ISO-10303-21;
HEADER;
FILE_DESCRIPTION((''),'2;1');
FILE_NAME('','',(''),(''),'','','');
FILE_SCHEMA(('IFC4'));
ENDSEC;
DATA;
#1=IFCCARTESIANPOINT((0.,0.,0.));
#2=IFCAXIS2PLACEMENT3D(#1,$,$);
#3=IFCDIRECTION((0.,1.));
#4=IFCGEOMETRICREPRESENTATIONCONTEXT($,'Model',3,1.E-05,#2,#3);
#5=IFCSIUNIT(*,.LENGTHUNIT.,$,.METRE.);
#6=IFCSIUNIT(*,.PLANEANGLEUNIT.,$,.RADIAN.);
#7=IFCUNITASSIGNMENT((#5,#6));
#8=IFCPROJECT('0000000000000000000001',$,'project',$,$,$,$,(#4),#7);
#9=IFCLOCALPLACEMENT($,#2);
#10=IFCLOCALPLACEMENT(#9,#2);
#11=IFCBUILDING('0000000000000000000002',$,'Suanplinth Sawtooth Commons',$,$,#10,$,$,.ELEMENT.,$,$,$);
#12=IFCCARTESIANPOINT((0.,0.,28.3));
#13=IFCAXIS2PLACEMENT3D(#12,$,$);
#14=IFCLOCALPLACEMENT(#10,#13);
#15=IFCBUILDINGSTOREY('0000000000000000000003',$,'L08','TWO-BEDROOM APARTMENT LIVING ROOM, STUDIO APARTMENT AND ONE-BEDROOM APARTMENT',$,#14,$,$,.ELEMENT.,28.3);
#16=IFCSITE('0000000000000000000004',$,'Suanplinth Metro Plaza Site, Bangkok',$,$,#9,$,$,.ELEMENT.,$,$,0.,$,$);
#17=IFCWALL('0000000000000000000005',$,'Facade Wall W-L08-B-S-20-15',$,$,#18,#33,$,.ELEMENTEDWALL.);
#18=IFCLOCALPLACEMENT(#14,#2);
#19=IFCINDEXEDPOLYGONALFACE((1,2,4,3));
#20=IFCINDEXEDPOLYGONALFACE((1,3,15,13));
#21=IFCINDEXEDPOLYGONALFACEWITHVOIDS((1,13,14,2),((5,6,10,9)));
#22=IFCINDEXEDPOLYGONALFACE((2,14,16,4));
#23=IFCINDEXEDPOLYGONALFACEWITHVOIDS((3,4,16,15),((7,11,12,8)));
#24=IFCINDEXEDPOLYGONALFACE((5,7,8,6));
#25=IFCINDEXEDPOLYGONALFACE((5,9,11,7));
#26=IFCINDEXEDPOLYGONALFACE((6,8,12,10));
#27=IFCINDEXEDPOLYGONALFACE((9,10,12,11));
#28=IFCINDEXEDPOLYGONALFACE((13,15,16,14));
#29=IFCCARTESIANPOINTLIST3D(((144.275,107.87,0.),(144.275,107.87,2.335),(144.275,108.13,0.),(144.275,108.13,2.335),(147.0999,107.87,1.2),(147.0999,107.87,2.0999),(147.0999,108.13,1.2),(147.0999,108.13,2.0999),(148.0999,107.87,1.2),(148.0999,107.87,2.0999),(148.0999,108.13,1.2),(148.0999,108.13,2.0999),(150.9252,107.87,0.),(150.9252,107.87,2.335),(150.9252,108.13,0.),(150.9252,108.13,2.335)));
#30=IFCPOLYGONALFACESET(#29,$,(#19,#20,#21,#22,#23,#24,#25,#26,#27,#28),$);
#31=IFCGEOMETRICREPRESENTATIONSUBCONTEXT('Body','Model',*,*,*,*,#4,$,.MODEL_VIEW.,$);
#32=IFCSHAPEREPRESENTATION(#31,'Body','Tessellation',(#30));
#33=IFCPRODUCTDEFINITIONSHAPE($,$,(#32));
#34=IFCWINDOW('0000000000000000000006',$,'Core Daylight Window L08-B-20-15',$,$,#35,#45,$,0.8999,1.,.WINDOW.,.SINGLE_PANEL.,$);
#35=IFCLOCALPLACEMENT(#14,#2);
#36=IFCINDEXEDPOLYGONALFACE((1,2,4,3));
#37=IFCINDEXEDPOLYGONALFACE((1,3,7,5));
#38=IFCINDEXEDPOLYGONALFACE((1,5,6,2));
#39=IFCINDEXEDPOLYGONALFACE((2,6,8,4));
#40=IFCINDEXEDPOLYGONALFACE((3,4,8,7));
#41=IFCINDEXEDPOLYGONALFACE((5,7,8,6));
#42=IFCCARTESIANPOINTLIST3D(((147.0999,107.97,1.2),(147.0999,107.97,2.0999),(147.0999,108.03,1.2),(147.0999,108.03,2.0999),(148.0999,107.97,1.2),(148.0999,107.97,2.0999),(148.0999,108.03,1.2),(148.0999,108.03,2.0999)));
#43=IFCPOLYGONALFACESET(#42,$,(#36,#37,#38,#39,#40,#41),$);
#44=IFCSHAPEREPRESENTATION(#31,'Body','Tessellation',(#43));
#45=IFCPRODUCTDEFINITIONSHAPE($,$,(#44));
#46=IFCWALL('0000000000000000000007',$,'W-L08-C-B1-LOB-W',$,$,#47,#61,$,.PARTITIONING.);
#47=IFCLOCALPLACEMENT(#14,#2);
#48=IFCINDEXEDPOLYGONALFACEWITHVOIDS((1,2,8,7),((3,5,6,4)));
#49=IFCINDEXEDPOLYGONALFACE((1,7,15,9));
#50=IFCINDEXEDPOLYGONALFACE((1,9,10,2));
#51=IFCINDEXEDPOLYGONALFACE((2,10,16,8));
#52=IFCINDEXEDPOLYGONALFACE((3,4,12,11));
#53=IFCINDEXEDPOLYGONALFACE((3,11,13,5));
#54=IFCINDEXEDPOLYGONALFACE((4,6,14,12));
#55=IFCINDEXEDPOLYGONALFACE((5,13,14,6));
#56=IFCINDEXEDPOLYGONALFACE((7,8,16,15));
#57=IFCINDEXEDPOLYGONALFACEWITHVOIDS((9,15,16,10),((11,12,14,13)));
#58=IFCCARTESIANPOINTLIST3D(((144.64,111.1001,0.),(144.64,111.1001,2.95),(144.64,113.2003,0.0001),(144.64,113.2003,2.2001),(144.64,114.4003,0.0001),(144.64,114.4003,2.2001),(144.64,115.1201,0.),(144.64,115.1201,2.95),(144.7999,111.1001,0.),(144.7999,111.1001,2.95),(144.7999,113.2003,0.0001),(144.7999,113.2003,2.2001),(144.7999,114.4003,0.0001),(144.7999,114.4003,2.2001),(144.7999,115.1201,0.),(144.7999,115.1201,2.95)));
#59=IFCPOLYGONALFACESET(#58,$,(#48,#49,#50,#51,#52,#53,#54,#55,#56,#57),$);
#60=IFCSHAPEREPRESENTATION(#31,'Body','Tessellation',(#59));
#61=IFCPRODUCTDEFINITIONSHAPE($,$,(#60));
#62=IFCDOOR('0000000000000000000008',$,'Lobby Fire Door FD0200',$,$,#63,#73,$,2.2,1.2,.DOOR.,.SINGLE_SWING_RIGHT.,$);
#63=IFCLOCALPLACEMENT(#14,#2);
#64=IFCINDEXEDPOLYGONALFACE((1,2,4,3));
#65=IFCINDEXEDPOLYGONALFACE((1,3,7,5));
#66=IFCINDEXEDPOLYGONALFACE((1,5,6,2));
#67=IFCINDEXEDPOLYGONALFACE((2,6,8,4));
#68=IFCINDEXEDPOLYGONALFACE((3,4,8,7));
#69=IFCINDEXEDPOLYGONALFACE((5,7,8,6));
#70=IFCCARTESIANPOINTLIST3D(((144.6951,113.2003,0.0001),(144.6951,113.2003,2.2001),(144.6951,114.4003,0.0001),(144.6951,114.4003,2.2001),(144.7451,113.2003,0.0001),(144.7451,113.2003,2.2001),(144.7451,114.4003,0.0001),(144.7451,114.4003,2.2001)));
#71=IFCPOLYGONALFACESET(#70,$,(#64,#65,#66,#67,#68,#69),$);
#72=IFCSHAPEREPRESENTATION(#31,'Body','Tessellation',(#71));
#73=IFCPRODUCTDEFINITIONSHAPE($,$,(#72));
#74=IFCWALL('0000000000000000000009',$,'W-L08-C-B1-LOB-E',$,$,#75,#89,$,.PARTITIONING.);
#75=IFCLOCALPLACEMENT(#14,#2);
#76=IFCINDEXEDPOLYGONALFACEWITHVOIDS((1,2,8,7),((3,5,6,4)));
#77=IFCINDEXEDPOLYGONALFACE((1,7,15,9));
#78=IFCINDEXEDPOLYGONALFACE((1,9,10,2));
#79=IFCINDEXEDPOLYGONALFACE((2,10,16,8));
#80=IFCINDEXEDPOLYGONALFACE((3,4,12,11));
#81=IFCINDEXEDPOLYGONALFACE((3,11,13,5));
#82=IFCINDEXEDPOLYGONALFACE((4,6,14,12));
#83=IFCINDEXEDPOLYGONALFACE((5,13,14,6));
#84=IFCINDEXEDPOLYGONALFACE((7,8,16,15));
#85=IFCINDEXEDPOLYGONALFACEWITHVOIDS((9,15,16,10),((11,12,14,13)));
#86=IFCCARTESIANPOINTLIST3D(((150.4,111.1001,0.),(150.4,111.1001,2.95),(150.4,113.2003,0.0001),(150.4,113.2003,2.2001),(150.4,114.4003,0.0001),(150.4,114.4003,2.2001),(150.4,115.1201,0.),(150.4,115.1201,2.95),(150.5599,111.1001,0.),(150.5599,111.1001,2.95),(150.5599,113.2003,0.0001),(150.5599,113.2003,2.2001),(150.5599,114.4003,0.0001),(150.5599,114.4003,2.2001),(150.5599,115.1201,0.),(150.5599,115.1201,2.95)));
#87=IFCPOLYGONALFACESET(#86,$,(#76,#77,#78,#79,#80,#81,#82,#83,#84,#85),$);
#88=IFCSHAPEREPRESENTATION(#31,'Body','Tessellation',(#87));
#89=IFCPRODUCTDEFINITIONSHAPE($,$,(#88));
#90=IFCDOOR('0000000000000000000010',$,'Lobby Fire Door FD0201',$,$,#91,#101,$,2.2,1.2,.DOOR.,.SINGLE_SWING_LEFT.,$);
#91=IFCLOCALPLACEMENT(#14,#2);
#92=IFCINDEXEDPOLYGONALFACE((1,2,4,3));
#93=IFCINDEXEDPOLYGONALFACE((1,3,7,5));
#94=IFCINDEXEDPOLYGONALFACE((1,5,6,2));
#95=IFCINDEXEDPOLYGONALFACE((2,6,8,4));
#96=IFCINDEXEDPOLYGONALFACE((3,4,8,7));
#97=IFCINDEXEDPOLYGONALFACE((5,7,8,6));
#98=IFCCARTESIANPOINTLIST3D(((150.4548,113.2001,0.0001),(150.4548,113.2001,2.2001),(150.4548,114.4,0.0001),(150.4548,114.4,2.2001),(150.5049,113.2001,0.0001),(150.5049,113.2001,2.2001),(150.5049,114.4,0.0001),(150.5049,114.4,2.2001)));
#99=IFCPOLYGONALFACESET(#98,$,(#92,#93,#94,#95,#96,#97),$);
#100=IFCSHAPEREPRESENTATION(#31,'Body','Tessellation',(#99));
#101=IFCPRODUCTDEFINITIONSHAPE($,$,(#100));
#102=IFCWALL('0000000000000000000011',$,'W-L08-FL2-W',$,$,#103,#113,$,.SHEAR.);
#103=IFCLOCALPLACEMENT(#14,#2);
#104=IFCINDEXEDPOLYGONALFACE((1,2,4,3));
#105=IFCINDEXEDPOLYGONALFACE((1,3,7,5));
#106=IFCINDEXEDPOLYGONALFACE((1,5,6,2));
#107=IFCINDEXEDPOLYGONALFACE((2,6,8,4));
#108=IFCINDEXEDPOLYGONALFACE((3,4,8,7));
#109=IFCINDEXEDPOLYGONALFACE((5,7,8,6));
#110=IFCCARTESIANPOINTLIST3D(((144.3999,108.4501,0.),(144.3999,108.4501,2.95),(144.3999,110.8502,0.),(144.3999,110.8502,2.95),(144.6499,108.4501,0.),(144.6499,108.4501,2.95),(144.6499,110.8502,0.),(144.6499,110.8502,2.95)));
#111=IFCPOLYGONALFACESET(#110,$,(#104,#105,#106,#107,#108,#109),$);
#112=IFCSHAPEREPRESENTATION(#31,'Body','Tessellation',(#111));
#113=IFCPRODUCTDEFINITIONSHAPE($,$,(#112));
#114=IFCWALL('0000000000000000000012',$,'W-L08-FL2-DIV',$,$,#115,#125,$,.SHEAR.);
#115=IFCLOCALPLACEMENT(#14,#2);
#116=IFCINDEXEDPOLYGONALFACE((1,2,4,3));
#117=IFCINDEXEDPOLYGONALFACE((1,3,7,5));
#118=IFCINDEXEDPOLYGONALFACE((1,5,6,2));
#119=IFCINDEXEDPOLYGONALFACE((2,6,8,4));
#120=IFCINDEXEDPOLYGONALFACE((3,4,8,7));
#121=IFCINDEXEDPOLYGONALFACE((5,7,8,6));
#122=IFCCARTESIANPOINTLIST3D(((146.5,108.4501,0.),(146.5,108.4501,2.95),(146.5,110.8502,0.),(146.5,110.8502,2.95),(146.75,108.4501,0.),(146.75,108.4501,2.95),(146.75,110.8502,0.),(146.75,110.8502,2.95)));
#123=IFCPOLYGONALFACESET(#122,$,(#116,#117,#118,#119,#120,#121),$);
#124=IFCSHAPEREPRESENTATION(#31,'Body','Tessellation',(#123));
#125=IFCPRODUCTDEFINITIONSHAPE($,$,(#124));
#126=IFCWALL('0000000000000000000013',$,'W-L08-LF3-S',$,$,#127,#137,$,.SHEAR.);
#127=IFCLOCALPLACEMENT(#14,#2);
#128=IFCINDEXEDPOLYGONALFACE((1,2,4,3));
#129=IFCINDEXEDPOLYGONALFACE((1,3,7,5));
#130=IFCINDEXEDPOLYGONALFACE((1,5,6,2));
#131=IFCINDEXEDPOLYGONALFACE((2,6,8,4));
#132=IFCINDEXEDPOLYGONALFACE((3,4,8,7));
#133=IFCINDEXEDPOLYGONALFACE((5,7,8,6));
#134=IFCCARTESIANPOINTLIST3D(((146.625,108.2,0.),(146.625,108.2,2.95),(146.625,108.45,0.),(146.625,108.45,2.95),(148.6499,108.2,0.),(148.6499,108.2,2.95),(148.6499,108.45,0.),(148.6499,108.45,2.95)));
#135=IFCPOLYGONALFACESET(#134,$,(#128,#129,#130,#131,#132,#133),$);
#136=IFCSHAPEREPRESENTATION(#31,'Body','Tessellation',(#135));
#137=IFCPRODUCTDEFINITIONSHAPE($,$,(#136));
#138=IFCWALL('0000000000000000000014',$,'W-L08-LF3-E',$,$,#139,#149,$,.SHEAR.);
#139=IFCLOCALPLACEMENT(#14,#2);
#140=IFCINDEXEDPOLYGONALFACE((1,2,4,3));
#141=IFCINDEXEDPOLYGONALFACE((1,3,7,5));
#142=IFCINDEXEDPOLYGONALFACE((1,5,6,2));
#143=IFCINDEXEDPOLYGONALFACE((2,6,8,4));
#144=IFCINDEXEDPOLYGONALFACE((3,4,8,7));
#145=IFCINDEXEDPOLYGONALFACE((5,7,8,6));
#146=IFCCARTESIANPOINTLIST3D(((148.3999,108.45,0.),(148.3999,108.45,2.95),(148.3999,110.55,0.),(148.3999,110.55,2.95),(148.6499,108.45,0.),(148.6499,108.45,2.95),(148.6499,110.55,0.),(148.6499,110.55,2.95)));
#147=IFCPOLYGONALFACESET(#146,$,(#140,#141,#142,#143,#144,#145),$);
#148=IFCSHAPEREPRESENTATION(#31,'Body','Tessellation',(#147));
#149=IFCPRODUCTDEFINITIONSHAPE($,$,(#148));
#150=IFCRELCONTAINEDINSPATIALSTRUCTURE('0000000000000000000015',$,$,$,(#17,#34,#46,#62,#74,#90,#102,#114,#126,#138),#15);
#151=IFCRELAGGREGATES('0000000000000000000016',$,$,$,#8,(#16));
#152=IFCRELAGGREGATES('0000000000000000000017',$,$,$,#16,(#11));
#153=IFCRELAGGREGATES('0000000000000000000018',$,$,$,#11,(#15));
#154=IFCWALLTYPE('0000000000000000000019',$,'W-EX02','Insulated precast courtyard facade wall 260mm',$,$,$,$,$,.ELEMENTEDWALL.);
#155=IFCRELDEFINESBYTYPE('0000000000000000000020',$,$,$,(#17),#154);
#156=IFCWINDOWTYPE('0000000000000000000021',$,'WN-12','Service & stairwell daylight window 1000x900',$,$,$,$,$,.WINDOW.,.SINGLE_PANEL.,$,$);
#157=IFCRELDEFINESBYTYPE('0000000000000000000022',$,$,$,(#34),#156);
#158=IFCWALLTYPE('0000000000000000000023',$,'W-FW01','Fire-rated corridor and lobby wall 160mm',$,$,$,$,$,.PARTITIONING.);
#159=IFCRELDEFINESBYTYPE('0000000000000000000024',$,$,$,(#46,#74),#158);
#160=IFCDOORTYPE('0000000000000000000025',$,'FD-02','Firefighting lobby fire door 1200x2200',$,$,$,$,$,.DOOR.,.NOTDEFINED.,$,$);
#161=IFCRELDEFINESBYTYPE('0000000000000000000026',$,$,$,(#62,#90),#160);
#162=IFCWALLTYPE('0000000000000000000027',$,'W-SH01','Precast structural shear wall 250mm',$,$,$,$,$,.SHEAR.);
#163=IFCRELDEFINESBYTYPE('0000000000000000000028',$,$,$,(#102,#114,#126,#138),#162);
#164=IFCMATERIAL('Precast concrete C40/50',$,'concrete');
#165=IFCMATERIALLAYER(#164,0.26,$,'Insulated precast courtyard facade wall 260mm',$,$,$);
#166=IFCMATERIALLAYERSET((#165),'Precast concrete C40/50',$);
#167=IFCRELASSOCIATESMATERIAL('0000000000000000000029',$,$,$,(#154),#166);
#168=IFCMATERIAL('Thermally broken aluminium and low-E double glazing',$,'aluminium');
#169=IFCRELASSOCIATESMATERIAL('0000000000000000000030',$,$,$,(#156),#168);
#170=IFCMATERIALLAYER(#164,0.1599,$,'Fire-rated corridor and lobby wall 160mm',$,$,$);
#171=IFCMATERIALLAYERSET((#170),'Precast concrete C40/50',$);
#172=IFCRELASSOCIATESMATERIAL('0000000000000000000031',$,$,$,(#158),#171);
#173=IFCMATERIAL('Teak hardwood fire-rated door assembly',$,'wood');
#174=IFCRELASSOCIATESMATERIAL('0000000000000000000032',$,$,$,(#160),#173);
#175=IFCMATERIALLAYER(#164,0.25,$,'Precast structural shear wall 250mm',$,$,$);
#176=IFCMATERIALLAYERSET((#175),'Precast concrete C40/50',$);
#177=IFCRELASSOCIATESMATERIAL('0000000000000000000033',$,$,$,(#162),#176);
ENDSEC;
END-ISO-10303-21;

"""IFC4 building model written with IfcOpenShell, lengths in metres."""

from ifc_helpers import new_model, si_unit, direction, frame, frame_2d, origin, place, context, subcontext, project, spatial, rectangle, extrude, material, layer, layer_set, type_object, element, fill, save


model = new_model("IFC4")

# Units and contexts
model_context = context("Model", 3, precision=1e-05, world=origin(), true_north=direction((0.0, 1.0)))
body_context = subcontext(model_context, "Body", "Model", "MODEL_VIEW")
ifc_project = project(units=[si_unit("LENGTHUNIT", "METRE"), si_unit("PLANEANGLEUNIT", "RADIAN")], contexts=[model_context])

# Site, building, storey
site_placement = place(None, origin())
site = spatial("IfcSite", under=ifc_project, at=site_placement, Name="Suanplinth Metro Plaza Site, Bangkok", CompositionType="ELEMENT", RefElevation=0.0)
building_placement = place(site_placement, origin())
building = spatial("IfcBuilding", under=site, at=building_placement, Name="Suanplinth Sawtooth Commons", CompositionType="ELEMENT")
storey_placement = place(building_placement, frame((0.0, 0.0, 28.3)))
storey = spatial("IfcBuildingStorey", under=building, at=storey_placement, Name="L08", Description="TWO-BEDROOM APARTMENT LIVING ROOM, STUDIO APARTMENT AND ONE-BEDROOM APARTMENT", CompositionType="ELEMENT", Elevation=28.3)

# Shared definitions
ifc_material_1 = material(Name="Precast concrete C40/50", Category="concrete")

# Wall, opening, window
ifc_layer_1 = layer(ifc_material_1, 0.26, Name="Insulated precast courtyard facade wall 260mm")
ifc_layer_set_1 = layer_set([ifc_layer_1], Name="Precast concrete C40/50")
wall_type_1 = type_object("IfcWallType", Name="W-EX02", Description="Insulated precast courtyard facade wall 260mm", PredefinedType="ELEMENTEDWALL", material=ifc_layer_set_1)
wall_1_placement = place(storey_placement, frame((144.2749, 108.0, 0.0), z_axis=(0.0, 0.0, 1.0), x_axis=(1.0, 0.0, 0.0)))
wall_1 = element("IfcWall", 1, at=wall_1_placement, inside=storey, type_object=wall_type_1, Name="Facade Wall W-L08-B-S-20-15", PredefinedType="ELEMENTEDWALL", context=body_context, shape_type="SweptSolid", body=[
    extrude(rectangle(XDim=6.6501, YDim=0.26, at=frame_2d((3.3252, 0.0))), origin(), (0.0, 0.0, 1.0), 2.335),
])
opening_1_placement = place(wall_1_placement, frame((2.825, 0.0, 1.2)))
opening_1 = element("IfcOpeningElement", 2, at=opening_1_placement, cuts=wall_1, PredefinedType="OPENING", context=body_context, shape_type="SweptSolid", body=[
    extrude(rectangle(XDim=1.0, YDim=0.8999, at=frame_2d((0.5, 0.45))), frame((0.0, 0.145, 0.0), z_axis=(0.0, -1.0, 0.0), x_axis=(1.0, 0.0, 0.0)), (0.0, 0.0, 1.0), 0.2898),
])
ifc_material_2 = material(Name="Thermally broken aluminium and low-E double glazing", Category="aluminium")
window_type = type_object("IfcWindowType", Name="WN-12", Description="Service & stairwell daylight window 1000x900", PartitioningType="SINGLE_PANEL", PredefinedType="WINDOW", material=ifc_material_2)
window_placement = place(opening_1_placement, origin())
window = element("IfcWindow", 3, at=window_placement, inside=storey, type_object=window_type, Name="Core Daylight Window L08-B-20-15", OverallHeight=0.8999, OverallWidth=1.0, PartitioningType="SINGLE_PANEL", PredefinedType="WINDOW", context=body_context, shape_type="SweptSolid", body=[
    extrude(rectangle(XDim=1.0, YDim=0.8999, at=frame_2d((0.5, 0.45))), frame((0.0, 0.03, 0.0), z_axis=(0.0, -1.0, 0.0), x_axis=(1.0, 0.0, 0.0)), (0.0, 0.0, 1.0), 0.0601),
])
fill(opening_1, window)

# Walls, openings, doors
ifc_layer_2 = layer(ifc_material_1, 0.1599, Name="Fire-rated corridor and lobby wall 160mm")
ifc_layer_set_2 = layer_set([ifc_layer_2], Name="Precast concrete C40/50")
wall_type_2 = type_object("IfcWallType", Name="W-FW01", Description="Fire-rated corridor and lobby wall 160mm", PredefinedType="PARTITIONING", material=ifc_layer_set_2)
wall_2_placement = place(storey_placement, frame((144.72, 111.1001, 0.0), z_axis=(0.0, 0.0, 1.0), x_axis=(0.0, 1.0, 0.0)))
wall_2 = element("IfcWall", 4, at=wall_2_placement, inside=storey, type_object=wall_type_2, Name="W-L08-C-B1-LOB-W", PredefinedType="PARTITIONING", context=body_context, shape_type="SweptSolid", body=[
    extrude(rectangle(XDim=4.02, YDim=0.1599, at=frame_2d((2.01, 0.0))), origin(), (0.0, 0.0, 1.0), 2.95),
])
opening_2_placement = place(wall_2_placement, frame((2.1001, 0.0, 0.0)))
opening_2 = element("IfcOpeningElement", 5, at=opening_2_placement, cuts=wall_2, PredefinedType="OPENING", context=body_context, shape_type="SweptSolid", body=[
    extrude(rectangle(XDim=1.2, YDim=2.2, at=frame_2d((0.6001, 1.1001))), frame((0.0, 0.0947, 0.0), z_axis=(0.0, -1.0, 0.0), x_axis=(1.0, 0.0, 0.0)), (0.0, 0.0, 1.0), 0.1897),
])
ifc_material_3 = material(Name="Teak hardwood fire-rated door assembly", Category="wood")
door_type_1 = type_object("IfcDoorType", Name="FD-02", Description="Firefighting lobby fire door 1200x2200", OperationType="NOTDEFINED", PredefinedType="DOOR", material=ifc_material_3)
door_1_placement = place(opening_2_placement, origin())
door_1 = element("IfcDoor", 6, at=door_1_placement, inside=storey, type_object=door_type_1, Name="Lobby Fire Door FD0200", OperationType="SINGLE_SWING_RIGHT", OverallHeight=2.2, OverallWidth=1.2, PredefinedType="DOOR", context=body_context, shape_type="SweptSolid", body=[
    extrude(rectangle(XDim=1.2, YDim=2.2, at=frame_2d((0.6001, 1.1001))), frame((0.0, 0.0249, 0.0), z_axis=(0.0, -1.0, 0.0), x_axis=(1.0, 0.0, 0.0)), (0.0, 0.0, 1.0), 0.05),
])
fill(opening_2, door_1)
wall_3_placement = place(storey_placement, frame((150.48, 111.1001, 0.0), z_axis=(0.0, 0.0, 1.0), x_axis=(0.0, 1.0, 0.0)))
wall_3 = element("IfcWall", 7, at=wall_3_placement, inside=storey, type_object=wall_type_2, Name="W-L08-C-B1-LOB-E", PredefinedType="PARTITIONING", context=body_context, shape_type="SweptSolid", body=[
    extrude(rectangle(XDim=4.02, YDim=0.1599, at=frame_2d((2.01, 0.0))), origin(), (0.0, 0.0, 1.0), 2.95),
])
opening_3_placement = place(wall_3_placement, frame((2.1001, 0.0, 0.0)))
opening_3 = element("IfcOpeningElement", 8, at=opening_3_placement, cuts=wall_3, PredefinedType="OPENING", context=body_context, shape_type="SweptSolid", body=[
    extrude(rectangle(XDim=1.2, YDim=2.2, at=frame_2d((0.6001, 1.1001))), frame((0.0, 0.0947, 0.0), z_axis=(0.0, -1.0, 0.0), x_axis=(1.0, 0.0, 0.0)), (0.0, 0.0, 1.0), 0.1897),
])
door_2_placement = place(opening_3_placement, frame((1.2, 0.0, 0.0), z_axis=(0.0, 0.0, 1.0), x_axis=(-1.0, 0.0, 0.0)))
door_2 = element("IfcDoor", 9, at=door_2_placement, inside=storey, type_object=door_type_1, Name="Lobby Fire Door FD0201", OperationType="SINGLE_SWING_LEFT", OverallHeight=2.2, OverallWidth=1.2, PredefinedType="DOOR", context=body_context, shape_type="SweptSolid", body=[
    extrude(rectangle(XDim=1.2, YDim=2.2, at=frame_2d((0.6001, 1.1001))), frame((0.0, 0.0249, 0.0), z_axis=(0.0, -1.0, 0.0), x_axis=(1.0, 0.0, 0.0)), (0.0, 0.0, 1.0), 0.05),
])
fill(opening_3, door_2)

# Walls
ifc_layer_3 = layer(ifc_material_1, 0.25, Name="Precast structural shear wall 250mm")
ifc_layer_set_3 = layer_set([ifc_layer_3], Name="Precast concrete C40/50")
wall_type_3 = type_object("IfcWallType", Name="W-SH01", Description="Precast structural shear wall 250mm", PredefinedType="SHEAR", material=ifc_layer_set_3)
for number, where, z_axis, x_axis, name in (
    (10, (144.5249, 108.45, 0.0), (0.0, 0.0, 1.0), (0.0, 1.0, 0.0), "W-L08-FL2-W"),
    (11, (146.625, 108.45, 0.0), (0.0, 0.0, 1.0), (0.0, 1.0, 0.0), "W-L08-FL2-DIV"),
):
    element("IfcWall", number, at=place(storey_placement, frame(where, z_axis=z_axis, x_axis=x_axis)), inside=storey, type_object=wall_type_3, Name=name, PredefinedType="SHEAR", context=body_context, shape_type="SweptSolid", body=[
        extrude(rectangle(XDim=2.4001, YDim=0.25, at=frame_2d((1.2002, 0.0))), origin(), (0.0, 0.0, 1.0), 2.95),
    ])
wall_4_placement = place(storey_placement, frame((146.625, 108.325, 0.0), z_axis=(0.0, 0.0, 1.0), x_axis=(1.0, 0.0, 0.0)))
element("IfcWall", 12, at=wall_4_placement, inside=storey, type_object=wall_type_3, Name="W-L08-LF3-S", PredefinedType="SHEAR", context=body_context, shape_type="SweptSolid", body=[
    extrude(rectangle(XDim=2.0249, YDim=0.25, at=frame_2d((1.0125, 0.0))), origin(), (0.0, 0.0, 1.0), 2.95),
])

# Wall
wall_5_placement = place(storey_placement, frame((148.5249, 108.45, 0.0), z_axis=(0.0, 0.0, 1.0), x_axis=(0.0, 1.0, 0.0)))
element("IfcWall", 13, at=wall_5_placement, inside=storey, type_object=wall_type_3, Name="W-L08-LF3-E", PredefinedType="SHEAR", context=body_context, shape_type="SweptSolid", body=[
    extrude(rectangle(XDim=2.1001, YDim=0.25, at=frame_2d((1.05, 0.0))), origin(), (0.0, 0.0, 1.0), 2.95),
])

save(model, "model.ifc")
